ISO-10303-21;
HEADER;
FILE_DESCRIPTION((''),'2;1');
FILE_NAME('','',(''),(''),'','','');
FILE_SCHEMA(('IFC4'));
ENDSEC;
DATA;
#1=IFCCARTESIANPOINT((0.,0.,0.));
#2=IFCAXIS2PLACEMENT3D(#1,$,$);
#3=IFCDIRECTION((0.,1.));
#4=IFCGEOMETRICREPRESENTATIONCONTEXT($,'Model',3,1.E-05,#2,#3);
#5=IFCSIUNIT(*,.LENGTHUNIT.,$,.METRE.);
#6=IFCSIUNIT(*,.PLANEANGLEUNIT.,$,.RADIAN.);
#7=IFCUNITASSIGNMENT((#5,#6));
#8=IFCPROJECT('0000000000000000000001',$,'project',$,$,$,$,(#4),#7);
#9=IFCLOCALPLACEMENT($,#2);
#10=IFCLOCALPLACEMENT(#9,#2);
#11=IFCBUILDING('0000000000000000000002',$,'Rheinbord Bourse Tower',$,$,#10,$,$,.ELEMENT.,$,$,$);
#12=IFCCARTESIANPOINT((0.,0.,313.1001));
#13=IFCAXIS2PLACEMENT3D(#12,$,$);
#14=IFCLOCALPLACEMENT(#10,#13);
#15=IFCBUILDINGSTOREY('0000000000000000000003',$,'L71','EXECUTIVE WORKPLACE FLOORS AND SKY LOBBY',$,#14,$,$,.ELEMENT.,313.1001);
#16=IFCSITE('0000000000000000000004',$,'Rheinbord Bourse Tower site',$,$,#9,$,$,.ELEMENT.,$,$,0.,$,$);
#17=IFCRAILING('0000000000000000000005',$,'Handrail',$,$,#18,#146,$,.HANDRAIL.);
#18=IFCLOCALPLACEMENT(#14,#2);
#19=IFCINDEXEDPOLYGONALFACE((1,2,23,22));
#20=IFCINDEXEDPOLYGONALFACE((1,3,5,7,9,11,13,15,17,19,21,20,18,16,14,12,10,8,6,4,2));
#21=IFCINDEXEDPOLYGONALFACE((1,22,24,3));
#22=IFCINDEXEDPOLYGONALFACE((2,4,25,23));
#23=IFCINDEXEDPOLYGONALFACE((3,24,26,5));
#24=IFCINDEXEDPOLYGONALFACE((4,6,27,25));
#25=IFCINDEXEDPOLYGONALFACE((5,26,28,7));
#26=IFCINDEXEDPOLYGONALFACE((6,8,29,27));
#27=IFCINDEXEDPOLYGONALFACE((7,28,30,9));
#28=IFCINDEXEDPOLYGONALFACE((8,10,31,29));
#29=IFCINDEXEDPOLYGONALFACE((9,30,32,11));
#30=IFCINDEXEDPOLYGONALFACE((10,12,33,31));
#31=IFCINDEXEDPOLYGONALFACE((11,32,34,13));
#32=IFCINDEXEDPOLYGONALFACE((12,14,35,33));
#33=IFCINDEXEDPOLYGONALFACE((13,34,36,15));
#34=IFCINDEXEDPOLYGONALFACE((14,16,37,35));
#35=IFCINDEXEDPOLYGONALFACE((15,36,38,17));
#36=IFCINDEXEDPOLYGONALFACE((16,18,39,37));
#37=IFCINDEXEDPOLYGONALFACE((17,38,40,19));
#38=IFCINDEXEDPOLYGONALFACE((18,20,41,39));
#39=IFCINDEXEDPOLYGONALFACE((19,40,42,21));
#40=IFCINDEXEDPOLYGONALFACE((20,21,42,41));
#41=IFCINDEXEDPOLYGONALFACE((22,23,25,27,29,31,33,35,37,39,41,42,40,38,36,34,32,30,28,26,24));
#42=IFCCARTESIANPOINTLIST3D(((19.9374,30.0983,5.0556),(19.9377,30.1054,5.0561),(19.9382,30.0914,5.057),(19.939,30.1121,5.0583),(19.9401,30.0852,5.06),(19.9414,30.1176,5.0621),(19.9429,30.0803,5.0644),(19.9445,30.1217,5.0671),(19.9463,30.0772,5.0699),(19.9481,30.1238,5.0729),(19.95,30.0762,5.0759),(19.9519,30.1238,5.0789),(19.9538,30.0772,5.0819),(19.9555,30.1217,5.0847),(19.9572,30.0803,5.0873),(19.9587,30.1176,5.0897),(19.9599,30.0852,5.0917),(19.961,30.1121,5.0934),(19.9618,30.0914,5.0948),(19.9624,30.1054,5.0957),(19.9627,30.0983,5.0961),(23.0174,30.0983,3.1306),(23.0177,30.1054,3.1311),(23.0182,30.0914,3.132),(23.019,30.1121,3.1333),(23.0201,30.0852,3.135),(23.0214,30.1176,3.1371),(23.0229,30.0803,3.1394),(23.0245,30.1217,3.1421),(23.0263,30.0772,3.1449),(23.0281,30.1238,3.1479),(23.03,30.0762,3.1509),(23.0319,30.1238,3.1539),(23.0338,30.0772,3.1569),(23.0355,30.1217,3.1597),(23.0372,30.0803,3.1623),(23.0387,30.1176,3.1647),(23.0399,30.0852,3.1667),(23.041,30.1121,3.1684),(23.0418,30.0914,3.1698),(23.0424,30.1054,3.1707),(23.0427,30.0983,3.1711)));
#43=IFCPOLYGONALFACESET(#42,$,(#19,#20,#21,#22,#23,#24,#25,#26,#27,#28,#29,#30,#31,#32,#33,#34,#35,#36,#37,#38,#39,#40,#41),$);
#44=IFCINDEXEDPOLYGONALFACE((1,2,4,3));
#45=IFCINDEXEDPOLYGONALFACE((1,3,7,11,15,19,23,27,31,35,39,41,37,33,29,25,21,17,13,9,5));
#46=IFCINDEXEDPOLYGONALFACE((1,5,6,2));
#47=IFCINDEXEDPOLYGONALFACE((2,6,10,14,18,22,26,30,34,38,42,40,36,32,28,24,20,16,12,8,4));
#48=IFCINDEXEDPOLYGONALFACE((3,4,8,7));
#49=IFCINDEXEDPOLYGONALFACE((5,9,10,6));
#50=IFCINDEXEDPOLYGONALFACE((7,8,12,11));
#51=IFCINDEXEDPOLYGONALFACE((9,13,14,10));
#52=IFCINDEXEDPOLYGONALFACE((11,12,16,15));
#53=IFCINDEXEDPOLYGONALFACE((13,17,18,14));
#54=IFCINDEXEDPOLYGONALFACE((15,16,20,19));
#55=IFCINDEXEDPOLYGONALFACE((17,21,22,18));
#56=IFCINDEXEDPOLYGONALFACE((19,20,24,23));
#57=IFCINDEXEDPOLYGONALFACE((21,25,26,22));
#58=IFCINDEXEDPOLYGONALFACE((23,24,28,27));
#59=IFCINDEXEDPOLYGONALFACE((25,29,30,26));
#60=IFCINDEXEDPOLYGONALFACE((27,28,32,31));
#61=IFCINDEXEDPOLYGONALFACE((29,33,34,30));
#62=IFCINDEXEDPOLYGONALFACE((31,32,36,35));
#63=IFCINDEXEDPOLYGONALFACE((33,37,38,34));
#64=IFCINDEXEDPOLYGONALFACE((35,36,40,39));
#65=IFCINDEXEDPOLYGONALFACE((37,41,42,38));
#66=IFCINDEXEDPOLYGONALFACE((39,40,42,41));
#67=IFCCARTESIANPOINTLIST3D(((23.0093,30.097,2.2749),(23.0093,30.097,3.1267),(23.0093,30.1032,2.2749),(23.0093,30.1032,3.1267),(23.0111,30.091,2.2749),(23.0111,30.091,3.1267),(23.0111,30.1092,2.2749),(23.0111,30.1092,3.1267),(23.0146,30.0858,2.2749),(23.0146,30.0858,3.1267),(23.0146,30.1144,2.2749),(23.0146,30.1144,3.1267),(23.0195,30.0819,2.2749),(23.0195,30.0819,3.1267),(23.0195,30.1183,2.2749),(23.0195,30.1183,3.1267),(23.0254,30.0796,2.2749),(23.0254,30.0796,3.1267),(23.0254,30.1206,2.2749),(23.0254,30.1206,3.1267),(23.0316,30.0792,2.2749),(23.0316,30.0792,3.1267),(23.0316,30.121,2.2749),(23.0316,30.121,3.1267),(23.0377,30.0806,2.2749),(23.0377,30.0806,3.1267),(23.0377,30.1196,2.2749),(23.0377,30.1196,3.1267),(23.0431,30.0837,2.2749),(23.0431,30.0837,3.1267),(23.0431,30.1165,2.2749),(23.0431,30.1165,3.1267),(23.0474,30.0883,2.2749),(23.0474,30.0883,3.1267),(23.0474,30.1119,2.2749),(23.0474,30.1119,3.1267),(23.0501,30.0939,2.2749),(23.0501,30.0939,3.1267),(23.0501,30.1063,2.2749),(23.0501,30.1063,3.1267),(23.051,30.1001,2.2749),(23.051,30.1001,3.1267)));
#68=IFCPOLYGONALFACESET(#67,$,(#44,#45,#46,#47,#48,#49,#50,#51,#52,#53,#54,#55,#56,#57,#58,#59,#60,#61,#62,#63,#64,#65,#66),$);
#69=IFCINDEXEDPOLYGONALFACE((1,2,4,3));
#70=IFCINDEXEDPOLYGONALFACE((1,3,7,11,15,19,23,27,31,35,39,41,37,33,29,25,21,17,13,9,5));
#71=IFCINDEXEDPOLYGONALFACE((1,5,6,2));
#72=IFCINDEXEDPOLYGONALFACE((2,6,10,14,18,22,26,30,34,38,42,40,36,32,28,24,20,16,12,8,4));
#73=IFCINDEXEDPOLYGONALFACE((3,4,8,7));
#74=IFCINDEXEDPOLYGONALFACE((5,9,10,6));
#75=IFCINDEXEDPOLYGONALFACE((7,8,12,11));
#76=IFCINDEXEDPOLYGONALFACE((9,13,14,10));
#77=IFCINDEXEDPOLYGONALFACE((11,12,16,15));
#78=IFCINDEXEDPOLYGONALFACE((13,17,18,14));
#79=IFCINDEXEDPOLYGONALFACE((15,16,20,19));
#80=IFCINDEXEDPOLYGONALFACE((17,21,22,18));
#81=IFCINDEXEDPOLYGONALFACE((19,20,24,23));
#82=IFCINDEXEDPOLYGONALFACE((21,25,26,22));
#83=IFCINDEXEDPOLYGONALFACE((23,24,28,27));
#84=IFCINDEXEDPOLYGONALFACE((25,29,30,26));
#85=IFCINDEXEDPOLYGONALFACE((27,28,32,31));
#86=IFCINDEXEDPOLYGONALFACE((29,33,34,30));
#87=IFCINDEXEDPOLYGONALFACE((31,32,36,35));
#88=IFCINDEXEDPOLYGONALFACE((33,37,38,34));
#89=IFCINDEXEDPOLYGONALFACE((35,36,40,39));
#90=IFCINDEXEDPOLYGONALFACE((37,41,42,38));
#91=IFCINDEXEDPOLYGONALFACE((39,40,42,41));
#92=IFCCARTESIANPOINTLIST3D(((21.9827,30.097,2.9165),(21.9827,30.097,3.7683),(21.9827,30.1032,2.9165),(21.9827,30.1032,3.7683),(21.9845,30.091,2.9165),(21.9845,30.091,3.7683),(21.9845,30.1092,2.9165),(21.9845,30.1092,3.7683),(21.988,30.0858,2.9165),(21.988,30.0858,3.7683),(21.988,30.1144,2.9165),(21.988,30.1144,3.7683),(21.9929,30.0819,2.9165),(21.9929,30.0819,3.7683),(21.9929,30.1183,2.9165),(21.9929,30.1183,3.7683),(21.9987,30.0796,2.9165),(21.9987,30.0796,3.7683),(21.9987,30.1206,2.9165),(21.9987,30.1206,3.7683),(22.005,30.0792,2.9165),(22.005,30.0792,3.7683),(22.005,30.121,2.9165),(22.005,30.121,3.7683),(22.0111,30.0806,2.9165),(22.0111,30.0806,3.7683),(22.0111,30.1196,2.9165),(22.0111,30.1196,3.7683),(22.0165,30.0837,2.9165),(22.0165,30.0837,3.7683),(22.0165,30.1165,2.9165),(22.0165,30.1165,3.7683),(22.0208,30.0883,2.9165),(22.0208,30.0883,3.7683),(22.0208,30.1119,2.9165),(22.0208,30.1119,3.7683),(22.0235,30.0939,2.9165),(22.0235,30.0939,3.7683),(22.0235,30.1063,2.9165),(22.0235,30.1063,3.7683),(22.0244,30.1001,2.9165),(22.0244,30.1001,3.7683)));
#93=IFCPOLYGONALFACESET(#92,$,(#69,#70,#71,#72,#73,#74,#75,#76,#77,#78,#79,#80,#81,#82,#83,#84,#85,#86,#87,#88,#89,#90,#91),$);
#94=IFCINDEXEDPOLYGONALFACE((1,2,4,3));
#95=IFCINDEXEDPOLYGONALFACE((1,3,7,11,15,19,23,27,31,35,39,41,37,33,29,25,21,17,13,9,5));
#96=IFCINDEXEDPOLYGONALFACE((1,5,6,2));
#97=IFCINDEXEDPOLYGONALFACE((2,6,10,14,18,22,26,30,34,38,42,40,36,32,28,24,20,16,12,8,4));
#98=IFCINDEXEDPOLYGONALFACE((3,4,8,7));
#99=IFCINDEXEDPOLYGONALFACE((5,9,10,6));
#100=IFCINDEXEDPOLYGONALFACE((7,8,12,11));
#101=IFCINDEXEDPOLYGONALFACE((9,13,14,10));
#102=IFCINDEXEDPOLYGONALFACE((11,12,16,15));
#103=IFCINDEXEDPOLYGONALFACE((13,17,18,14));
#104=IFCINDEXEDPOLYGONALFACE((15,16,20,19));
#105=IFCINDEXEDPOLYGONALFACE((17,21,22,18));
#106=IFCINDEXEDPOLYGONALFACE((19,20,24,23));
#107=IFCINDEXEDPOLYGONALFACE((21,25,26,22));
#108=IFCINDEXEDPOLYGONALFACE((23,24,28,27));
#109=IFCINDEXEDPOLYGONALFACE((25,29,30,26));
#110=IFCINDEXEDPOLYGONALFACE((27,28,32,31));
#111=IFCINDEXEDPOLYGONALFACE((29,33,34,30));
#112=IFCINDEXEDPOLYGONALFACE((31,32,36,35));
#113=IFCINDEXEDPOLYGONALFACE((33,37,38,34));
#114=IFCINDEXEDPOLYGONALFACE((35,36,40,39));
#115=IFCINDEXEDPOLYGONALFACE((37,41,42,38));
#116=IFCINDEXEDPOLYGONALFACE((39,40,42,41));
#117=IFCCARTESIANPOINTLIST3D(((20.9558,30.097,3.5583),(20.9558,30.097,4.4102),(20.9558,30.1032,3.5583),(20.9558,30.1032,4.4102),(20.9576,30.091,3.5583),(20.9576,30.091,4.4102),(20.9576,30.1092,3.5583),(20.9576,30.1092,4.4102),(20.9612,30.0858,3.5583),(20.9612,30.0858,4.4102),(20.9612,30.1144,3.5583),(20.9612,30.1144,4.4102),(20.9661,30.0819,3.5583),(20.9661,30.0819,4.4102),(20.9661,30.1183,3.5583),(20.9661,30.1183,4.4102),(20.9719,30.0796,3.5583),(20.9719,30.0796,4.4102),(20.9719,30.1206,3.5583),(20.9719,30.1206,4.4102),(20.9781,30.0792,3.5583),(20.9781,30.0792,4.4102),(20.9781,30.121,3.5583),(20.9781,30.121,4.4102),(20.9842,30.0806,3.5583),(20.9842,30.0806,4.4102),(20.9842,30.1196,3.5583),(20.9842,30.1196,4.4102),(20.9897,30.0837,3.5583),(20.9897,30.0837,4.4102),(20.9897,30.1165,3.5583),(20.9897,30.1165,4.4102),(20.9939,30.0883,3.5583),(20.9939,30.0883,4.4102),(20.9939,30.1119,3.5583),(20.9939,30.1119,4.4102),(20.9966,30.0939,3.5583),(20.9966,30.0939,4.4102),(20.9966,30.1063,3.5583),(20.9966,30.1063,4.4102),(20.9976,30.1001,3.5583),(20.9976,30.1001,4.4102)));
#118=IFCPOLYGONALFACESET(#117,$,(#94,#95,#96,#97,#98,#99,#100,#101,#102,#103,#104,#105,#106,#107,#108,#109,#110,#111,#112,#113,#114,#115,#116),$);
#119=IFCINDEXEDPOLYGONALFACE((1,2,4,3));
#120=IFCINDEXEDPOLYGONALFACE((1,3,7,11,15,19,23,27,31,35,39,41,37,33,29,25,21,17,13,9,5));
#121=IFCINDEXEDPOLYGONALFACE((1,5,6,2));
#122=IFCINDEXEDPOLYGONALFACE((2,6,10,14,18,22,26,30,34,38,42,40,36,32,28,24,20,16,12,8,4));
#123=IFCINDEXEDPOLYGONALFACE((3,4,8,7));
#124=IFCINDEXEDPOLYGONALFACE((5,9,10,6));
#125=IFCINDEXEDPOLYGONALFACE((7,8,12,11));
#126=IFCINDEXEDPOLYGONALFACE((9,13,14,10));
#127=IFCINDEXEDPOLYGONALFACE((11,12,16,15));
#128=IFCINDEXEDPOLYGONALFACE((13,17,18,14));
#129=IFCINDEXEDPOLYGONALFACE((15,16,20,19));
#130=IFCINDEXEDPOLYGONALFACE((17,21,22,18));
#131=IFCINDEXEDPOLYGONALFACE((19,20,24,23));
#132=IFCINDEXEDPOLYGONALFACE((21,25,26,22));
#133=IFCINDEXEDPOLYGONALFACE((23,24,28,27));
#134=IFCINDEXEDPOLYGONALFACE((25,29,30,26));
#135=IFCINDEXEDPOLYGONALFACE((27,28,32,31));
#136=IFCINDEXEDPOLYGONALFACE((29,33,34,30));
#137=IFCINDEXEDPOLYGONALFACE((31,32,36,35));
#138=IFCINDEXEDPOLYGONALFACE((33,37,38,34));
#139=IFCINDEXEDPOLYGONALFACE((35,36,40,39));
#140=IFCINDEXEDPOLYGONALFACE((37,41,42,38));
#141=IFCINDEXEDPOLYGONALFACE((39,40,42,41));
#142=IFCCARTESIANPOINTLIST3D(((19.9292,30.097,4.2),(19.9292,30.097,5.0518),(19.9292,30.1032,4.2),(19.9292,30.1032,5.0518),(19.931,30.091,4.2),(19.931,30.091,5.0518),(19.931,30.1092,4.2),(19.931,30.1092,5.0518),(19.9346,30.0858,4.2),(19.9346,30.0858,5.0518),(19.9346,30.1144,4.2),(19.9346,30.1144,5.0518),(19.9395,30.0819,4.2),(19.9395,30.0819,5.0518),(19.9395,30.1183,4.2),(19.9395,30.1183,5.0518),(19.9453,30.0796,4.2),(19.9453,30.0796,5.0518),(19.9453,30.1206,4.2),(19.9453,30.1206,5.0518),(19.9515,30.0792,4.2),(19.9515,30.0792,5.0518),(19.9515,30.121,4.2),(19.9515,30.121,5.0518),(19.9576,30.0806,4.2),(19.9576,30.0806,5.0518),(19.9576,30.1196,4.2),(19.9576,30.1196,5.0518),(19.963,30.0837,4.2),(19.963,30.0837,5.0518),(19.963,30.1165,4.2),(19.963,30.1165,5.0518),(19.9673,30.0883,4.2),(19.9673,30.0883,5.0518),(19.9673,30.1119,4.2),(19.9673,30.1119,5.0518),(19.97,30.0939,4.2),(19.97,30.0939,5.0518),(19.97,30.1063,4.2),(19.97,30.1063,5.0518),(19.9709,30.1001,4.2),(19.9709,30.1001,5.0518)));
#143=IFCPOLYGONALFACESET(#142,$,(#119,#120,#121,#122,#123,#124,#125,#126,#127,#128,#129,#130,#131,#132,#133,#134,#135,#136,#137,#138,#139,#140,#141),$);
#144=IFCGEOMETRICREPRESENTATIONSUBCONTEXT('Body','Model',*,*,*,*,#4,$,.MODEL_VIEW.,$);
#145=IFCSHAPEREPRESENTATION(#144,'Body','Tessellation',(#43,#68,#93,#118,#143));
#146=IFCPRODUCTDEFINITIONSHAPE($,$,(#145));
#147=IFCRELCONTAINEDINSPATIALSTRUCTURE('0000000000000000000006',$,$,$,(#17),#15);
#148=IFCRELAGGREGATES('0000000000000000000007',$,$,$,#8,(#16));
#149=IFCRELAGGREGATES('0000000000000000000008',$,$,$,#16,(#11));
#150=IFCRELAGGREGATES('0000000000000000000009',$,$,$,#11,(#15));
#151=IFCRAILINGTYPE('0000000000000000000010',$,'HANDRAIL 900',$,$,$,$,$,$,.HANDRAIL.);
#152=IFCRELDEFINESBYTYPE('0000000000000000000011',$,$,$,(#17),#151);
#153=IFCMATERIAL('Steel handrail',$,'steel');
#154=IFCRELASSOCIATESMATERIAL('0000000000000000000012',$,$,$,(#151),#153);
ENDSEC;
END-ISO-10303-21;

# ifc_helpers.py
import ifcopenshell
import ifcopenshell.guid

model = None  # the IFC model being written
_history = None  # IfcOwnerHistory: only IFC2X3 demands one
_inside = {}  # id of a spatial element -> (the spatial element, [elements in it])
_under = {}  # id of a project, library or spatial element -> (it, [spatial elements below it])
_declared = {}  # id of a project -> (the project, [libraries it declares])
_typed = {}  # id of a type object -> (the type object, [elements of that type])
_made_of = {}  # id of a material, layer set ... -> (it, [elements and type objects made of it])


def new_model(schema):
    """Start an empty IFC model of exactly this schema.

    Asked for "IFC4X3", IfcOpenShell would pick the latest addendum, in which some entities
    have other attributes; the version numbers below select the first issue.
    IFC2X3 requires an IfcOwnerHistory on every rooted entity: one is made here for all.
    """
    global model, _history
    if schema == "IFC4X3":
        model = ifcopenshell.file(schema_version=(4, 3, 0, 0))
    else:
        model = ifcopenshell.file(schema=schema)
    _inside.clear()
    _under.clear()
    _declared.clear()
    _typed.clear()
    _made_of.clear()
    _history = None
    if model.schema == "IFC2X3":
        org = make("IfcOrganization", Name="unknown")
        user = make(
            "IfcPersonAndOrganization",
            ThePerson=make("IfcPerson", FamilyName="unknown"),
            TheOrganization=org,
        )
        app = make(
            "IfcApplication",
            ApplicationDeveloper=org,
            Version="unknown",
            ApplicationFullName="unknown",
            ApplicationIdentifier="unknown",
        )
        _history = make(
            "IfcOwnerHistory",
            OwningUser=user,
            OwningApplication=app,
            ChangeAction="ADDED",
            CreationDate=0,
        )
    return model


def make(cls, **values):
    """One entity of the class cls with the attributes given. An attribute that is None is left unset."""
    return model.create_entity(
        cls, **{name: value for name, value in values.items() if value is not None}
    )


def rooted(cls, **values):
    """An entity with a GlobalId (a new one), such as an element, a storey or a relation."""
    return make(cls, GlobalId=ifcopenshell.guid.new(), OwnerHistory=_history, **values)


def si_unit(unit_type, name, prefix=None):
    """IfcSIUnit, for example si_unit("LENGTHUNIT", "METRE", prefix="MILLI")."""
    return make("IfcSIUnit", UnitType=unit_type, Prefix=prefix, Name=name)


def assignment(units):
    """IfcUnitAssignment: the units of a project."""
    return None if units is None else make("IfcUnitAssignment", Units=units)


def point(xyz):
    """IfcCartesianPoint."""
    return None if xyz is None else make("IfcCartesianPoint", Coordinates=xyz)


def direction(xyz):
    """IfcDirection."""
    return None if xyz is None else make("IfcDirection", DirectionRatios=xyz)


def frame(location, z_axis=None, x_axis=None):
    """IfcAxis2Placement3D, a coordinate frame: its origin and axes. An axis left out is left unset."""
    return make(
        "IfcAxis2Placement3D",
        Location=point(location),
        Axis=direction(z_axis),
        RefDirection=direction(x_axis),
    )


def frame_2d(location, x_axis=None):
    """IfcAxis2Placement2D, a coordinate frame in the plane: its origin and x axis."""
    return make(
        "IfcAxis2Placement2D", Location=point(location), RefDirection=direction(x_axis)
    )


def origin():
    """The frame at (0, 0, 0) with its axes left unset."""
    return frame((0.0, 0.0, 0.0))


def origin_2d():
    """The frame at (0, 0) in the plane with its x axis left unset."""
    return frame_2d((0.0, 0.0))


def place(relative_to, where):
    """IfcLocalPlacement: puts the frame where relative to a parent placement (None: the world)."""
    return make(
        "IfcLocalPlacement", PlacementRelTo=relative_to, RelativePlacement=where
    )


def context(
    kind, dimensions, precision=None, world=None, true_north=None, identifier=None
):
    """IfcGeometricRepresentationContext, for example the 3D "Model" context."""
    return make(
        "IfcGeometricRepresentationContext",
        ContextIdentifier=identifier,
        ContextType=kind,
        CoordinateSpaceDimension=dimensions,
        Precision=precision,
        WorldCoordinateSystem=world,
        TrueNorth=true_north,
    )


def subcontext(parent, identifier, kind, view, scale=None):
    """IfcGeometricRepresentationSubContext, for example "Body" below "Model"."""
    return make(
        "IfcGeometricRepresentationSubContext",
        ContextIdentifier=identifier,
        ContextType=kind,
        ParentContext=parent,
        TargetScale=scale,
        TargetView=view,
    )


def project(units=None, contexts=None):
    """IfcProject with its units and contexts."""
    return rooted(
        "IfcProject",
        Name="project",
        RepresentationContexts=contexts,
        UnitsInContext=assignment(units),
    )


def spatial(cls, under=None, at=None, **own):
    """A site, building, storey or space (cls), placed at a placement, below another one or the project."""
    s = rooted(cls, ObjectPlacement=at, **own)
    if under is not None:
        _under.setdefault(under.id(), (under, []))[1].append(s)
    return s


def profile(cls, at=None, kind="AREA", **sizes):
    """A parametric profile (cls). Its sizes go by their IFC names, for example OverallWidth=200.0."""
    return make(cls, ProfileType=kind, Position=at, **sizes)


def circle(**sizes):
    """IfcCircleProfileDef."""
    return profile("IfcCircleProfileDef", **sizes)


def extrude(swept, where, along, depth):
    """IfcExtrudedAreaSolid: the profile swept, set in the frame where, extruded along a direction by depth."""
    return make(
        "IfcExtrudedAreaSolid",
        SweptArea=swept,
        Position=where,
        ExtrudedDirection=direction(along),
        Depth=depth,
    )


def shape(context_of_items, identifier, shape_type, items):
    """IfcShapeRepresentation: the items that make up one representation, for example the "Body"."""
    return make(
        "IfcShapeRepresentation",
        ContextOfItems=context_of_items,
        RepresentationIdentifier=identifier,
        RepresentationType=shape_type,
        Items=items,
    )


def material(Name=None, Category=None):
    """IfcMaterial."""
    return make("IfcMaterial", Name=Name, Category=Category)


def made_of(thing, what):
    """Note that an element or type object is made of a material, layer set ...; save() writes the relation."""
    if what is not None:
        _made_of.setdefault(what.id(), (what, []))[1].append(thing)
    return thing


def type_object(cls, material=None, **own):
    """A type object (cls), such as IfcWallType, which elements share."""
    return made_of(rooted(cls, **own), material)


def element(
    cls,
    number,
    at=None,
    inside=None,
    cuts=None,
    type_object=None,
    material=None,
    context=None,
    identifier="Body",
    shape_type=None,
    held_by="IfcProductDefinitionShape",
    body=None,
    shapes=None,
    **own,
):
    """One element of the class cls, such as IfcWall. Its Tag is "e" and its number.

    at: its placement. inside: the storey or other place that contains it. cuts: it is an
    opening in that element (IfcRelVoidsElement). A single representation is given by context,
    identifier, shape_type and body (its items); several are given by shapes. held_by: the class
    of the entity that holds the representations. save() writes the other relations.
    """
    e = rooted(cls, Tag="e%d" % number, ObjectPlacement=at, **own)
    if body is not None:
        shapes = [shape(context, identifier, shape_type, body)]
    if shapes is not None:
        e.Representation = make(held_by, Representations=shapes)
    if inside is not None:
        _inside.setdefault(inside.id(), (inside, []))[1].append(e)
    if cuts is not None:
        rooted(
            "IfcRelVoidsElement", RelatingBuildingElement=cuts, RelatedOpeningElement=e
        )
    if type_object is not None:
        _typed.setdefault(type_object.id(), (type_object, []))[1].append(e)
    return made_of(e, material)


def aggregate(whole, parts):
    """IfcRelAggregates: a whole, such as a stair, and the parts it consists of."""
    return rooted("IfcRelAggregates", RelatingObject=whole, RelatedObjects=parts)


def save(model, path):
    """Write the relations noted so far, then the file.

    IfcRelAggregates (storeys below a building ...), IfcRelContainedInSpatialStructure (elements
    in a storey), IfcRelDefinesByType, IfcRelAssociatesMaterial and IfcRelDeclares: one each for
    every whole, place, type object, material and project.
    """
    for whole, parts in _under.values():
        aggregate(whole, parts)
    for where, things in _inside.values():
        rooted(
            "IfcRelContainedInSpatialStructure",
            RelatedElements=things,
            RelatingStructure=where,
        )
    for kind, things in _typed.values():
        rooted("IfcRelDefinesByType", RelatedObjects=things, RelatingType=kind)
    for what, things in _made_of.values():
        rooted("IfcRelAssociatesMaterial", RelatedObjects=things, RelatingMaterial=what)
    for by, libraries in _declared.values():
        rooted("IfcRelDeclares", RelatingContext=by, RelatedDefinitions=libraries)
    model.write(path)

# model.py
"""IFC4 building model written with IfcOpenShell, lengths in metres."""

from ifc_helpers import new_model, si_unit, direction, frame, origin, origin_2d, place, context, subcontext, project, spatial, circle, extrude, material, type_object, element, save


model = new_model("IFC4")

# Units and contexts
model_context = context("Model", 3, precision=1e-05, world=origin(), true_north=direction((0.0, 1.0)))
body_context = subcontext(model_context, "Body", "Model", "MODEL_VIEW")
ifc_project = project(units=[si_unit("LENGTHUNIT", "METRE"), si_unit("PLANEANGLEUNIT", "RADIAN")], contexts=[model_context])

# Site, building, storey
site_placement = place(None, origin())
site = spatial("IfcSite", under=ifc_project, at=site_placement, Name="Rheinbord Bourse Tower site", CompositionType="ELEMENT", RefElevation=0.0)
building_placement = place(site_placement, origin())
building = spatial("IfcBuilding", under=site, at=building_placement, Name="Rheinbord Bourse Tower", CompositionType="ELEMENT")
storey_placement = place(building_placement, frame((0.0, 0.0, 313.1001)))
storey = spatial("IfcBuildingStorey", under=building, at=storey_placement, Name="L71", Description="EXECUTIVE WORKPLACE FLOORS AND SKY LOBBY", CompositionType="ELEMENT", Elevation=313.1001)

# Railing
ifc_material_1 = material(Name="Steel handrail", Category="steel")
railing_type = type_object("IfcRailingType", Name="HANDRAIL 900", PredefinedType="HANDRAIL", material=ifc_material_1)
railing_1_placement = place(storey_placement, frame((23.03, 30.1001, 2.2749)))
element("IfcRailing", 1, at=railing_1_placement, inside=storey, type_object=railing_type, Name="Handrail", PredefinedType="HANDRAIL", context=body_context, shape_type="SweptSolid", body=[
    extrude(circle(Radius=0.0239, at=origin_2d()), frame((0.0, 0.0, 0.876), z_axis=(-0.847998, 0.0, 0.529999), x_axis=(0.0, -1.0, 0.0)), (0.0, 0.0, 1.0), 3.6321),
    extrude(circle(Radius=0.021, at=origin_2d()), origin(), (0.0, 0.0, 1.0), 0.8518),
    extrude(circle(Radius=0.021, at=origin_2d()), frame((-1.0266, 0.0, 0.6416)), (0.0, 0.0, 1.0), 0.8518),
    extrude(circle(Radius=0.021, at=origin_2d()), frame((-2.0535, 0.0, 1.2834)), (0.0, 0.0, 1.0), 0.8518),
    extrude(circle(Radius=0.021, at=origin_2d()), frame((-3.0801, 0.0, 1.925)), (0.0, 0.0, 1.0), 0.8518),
])

save(model, "model.ifc")
